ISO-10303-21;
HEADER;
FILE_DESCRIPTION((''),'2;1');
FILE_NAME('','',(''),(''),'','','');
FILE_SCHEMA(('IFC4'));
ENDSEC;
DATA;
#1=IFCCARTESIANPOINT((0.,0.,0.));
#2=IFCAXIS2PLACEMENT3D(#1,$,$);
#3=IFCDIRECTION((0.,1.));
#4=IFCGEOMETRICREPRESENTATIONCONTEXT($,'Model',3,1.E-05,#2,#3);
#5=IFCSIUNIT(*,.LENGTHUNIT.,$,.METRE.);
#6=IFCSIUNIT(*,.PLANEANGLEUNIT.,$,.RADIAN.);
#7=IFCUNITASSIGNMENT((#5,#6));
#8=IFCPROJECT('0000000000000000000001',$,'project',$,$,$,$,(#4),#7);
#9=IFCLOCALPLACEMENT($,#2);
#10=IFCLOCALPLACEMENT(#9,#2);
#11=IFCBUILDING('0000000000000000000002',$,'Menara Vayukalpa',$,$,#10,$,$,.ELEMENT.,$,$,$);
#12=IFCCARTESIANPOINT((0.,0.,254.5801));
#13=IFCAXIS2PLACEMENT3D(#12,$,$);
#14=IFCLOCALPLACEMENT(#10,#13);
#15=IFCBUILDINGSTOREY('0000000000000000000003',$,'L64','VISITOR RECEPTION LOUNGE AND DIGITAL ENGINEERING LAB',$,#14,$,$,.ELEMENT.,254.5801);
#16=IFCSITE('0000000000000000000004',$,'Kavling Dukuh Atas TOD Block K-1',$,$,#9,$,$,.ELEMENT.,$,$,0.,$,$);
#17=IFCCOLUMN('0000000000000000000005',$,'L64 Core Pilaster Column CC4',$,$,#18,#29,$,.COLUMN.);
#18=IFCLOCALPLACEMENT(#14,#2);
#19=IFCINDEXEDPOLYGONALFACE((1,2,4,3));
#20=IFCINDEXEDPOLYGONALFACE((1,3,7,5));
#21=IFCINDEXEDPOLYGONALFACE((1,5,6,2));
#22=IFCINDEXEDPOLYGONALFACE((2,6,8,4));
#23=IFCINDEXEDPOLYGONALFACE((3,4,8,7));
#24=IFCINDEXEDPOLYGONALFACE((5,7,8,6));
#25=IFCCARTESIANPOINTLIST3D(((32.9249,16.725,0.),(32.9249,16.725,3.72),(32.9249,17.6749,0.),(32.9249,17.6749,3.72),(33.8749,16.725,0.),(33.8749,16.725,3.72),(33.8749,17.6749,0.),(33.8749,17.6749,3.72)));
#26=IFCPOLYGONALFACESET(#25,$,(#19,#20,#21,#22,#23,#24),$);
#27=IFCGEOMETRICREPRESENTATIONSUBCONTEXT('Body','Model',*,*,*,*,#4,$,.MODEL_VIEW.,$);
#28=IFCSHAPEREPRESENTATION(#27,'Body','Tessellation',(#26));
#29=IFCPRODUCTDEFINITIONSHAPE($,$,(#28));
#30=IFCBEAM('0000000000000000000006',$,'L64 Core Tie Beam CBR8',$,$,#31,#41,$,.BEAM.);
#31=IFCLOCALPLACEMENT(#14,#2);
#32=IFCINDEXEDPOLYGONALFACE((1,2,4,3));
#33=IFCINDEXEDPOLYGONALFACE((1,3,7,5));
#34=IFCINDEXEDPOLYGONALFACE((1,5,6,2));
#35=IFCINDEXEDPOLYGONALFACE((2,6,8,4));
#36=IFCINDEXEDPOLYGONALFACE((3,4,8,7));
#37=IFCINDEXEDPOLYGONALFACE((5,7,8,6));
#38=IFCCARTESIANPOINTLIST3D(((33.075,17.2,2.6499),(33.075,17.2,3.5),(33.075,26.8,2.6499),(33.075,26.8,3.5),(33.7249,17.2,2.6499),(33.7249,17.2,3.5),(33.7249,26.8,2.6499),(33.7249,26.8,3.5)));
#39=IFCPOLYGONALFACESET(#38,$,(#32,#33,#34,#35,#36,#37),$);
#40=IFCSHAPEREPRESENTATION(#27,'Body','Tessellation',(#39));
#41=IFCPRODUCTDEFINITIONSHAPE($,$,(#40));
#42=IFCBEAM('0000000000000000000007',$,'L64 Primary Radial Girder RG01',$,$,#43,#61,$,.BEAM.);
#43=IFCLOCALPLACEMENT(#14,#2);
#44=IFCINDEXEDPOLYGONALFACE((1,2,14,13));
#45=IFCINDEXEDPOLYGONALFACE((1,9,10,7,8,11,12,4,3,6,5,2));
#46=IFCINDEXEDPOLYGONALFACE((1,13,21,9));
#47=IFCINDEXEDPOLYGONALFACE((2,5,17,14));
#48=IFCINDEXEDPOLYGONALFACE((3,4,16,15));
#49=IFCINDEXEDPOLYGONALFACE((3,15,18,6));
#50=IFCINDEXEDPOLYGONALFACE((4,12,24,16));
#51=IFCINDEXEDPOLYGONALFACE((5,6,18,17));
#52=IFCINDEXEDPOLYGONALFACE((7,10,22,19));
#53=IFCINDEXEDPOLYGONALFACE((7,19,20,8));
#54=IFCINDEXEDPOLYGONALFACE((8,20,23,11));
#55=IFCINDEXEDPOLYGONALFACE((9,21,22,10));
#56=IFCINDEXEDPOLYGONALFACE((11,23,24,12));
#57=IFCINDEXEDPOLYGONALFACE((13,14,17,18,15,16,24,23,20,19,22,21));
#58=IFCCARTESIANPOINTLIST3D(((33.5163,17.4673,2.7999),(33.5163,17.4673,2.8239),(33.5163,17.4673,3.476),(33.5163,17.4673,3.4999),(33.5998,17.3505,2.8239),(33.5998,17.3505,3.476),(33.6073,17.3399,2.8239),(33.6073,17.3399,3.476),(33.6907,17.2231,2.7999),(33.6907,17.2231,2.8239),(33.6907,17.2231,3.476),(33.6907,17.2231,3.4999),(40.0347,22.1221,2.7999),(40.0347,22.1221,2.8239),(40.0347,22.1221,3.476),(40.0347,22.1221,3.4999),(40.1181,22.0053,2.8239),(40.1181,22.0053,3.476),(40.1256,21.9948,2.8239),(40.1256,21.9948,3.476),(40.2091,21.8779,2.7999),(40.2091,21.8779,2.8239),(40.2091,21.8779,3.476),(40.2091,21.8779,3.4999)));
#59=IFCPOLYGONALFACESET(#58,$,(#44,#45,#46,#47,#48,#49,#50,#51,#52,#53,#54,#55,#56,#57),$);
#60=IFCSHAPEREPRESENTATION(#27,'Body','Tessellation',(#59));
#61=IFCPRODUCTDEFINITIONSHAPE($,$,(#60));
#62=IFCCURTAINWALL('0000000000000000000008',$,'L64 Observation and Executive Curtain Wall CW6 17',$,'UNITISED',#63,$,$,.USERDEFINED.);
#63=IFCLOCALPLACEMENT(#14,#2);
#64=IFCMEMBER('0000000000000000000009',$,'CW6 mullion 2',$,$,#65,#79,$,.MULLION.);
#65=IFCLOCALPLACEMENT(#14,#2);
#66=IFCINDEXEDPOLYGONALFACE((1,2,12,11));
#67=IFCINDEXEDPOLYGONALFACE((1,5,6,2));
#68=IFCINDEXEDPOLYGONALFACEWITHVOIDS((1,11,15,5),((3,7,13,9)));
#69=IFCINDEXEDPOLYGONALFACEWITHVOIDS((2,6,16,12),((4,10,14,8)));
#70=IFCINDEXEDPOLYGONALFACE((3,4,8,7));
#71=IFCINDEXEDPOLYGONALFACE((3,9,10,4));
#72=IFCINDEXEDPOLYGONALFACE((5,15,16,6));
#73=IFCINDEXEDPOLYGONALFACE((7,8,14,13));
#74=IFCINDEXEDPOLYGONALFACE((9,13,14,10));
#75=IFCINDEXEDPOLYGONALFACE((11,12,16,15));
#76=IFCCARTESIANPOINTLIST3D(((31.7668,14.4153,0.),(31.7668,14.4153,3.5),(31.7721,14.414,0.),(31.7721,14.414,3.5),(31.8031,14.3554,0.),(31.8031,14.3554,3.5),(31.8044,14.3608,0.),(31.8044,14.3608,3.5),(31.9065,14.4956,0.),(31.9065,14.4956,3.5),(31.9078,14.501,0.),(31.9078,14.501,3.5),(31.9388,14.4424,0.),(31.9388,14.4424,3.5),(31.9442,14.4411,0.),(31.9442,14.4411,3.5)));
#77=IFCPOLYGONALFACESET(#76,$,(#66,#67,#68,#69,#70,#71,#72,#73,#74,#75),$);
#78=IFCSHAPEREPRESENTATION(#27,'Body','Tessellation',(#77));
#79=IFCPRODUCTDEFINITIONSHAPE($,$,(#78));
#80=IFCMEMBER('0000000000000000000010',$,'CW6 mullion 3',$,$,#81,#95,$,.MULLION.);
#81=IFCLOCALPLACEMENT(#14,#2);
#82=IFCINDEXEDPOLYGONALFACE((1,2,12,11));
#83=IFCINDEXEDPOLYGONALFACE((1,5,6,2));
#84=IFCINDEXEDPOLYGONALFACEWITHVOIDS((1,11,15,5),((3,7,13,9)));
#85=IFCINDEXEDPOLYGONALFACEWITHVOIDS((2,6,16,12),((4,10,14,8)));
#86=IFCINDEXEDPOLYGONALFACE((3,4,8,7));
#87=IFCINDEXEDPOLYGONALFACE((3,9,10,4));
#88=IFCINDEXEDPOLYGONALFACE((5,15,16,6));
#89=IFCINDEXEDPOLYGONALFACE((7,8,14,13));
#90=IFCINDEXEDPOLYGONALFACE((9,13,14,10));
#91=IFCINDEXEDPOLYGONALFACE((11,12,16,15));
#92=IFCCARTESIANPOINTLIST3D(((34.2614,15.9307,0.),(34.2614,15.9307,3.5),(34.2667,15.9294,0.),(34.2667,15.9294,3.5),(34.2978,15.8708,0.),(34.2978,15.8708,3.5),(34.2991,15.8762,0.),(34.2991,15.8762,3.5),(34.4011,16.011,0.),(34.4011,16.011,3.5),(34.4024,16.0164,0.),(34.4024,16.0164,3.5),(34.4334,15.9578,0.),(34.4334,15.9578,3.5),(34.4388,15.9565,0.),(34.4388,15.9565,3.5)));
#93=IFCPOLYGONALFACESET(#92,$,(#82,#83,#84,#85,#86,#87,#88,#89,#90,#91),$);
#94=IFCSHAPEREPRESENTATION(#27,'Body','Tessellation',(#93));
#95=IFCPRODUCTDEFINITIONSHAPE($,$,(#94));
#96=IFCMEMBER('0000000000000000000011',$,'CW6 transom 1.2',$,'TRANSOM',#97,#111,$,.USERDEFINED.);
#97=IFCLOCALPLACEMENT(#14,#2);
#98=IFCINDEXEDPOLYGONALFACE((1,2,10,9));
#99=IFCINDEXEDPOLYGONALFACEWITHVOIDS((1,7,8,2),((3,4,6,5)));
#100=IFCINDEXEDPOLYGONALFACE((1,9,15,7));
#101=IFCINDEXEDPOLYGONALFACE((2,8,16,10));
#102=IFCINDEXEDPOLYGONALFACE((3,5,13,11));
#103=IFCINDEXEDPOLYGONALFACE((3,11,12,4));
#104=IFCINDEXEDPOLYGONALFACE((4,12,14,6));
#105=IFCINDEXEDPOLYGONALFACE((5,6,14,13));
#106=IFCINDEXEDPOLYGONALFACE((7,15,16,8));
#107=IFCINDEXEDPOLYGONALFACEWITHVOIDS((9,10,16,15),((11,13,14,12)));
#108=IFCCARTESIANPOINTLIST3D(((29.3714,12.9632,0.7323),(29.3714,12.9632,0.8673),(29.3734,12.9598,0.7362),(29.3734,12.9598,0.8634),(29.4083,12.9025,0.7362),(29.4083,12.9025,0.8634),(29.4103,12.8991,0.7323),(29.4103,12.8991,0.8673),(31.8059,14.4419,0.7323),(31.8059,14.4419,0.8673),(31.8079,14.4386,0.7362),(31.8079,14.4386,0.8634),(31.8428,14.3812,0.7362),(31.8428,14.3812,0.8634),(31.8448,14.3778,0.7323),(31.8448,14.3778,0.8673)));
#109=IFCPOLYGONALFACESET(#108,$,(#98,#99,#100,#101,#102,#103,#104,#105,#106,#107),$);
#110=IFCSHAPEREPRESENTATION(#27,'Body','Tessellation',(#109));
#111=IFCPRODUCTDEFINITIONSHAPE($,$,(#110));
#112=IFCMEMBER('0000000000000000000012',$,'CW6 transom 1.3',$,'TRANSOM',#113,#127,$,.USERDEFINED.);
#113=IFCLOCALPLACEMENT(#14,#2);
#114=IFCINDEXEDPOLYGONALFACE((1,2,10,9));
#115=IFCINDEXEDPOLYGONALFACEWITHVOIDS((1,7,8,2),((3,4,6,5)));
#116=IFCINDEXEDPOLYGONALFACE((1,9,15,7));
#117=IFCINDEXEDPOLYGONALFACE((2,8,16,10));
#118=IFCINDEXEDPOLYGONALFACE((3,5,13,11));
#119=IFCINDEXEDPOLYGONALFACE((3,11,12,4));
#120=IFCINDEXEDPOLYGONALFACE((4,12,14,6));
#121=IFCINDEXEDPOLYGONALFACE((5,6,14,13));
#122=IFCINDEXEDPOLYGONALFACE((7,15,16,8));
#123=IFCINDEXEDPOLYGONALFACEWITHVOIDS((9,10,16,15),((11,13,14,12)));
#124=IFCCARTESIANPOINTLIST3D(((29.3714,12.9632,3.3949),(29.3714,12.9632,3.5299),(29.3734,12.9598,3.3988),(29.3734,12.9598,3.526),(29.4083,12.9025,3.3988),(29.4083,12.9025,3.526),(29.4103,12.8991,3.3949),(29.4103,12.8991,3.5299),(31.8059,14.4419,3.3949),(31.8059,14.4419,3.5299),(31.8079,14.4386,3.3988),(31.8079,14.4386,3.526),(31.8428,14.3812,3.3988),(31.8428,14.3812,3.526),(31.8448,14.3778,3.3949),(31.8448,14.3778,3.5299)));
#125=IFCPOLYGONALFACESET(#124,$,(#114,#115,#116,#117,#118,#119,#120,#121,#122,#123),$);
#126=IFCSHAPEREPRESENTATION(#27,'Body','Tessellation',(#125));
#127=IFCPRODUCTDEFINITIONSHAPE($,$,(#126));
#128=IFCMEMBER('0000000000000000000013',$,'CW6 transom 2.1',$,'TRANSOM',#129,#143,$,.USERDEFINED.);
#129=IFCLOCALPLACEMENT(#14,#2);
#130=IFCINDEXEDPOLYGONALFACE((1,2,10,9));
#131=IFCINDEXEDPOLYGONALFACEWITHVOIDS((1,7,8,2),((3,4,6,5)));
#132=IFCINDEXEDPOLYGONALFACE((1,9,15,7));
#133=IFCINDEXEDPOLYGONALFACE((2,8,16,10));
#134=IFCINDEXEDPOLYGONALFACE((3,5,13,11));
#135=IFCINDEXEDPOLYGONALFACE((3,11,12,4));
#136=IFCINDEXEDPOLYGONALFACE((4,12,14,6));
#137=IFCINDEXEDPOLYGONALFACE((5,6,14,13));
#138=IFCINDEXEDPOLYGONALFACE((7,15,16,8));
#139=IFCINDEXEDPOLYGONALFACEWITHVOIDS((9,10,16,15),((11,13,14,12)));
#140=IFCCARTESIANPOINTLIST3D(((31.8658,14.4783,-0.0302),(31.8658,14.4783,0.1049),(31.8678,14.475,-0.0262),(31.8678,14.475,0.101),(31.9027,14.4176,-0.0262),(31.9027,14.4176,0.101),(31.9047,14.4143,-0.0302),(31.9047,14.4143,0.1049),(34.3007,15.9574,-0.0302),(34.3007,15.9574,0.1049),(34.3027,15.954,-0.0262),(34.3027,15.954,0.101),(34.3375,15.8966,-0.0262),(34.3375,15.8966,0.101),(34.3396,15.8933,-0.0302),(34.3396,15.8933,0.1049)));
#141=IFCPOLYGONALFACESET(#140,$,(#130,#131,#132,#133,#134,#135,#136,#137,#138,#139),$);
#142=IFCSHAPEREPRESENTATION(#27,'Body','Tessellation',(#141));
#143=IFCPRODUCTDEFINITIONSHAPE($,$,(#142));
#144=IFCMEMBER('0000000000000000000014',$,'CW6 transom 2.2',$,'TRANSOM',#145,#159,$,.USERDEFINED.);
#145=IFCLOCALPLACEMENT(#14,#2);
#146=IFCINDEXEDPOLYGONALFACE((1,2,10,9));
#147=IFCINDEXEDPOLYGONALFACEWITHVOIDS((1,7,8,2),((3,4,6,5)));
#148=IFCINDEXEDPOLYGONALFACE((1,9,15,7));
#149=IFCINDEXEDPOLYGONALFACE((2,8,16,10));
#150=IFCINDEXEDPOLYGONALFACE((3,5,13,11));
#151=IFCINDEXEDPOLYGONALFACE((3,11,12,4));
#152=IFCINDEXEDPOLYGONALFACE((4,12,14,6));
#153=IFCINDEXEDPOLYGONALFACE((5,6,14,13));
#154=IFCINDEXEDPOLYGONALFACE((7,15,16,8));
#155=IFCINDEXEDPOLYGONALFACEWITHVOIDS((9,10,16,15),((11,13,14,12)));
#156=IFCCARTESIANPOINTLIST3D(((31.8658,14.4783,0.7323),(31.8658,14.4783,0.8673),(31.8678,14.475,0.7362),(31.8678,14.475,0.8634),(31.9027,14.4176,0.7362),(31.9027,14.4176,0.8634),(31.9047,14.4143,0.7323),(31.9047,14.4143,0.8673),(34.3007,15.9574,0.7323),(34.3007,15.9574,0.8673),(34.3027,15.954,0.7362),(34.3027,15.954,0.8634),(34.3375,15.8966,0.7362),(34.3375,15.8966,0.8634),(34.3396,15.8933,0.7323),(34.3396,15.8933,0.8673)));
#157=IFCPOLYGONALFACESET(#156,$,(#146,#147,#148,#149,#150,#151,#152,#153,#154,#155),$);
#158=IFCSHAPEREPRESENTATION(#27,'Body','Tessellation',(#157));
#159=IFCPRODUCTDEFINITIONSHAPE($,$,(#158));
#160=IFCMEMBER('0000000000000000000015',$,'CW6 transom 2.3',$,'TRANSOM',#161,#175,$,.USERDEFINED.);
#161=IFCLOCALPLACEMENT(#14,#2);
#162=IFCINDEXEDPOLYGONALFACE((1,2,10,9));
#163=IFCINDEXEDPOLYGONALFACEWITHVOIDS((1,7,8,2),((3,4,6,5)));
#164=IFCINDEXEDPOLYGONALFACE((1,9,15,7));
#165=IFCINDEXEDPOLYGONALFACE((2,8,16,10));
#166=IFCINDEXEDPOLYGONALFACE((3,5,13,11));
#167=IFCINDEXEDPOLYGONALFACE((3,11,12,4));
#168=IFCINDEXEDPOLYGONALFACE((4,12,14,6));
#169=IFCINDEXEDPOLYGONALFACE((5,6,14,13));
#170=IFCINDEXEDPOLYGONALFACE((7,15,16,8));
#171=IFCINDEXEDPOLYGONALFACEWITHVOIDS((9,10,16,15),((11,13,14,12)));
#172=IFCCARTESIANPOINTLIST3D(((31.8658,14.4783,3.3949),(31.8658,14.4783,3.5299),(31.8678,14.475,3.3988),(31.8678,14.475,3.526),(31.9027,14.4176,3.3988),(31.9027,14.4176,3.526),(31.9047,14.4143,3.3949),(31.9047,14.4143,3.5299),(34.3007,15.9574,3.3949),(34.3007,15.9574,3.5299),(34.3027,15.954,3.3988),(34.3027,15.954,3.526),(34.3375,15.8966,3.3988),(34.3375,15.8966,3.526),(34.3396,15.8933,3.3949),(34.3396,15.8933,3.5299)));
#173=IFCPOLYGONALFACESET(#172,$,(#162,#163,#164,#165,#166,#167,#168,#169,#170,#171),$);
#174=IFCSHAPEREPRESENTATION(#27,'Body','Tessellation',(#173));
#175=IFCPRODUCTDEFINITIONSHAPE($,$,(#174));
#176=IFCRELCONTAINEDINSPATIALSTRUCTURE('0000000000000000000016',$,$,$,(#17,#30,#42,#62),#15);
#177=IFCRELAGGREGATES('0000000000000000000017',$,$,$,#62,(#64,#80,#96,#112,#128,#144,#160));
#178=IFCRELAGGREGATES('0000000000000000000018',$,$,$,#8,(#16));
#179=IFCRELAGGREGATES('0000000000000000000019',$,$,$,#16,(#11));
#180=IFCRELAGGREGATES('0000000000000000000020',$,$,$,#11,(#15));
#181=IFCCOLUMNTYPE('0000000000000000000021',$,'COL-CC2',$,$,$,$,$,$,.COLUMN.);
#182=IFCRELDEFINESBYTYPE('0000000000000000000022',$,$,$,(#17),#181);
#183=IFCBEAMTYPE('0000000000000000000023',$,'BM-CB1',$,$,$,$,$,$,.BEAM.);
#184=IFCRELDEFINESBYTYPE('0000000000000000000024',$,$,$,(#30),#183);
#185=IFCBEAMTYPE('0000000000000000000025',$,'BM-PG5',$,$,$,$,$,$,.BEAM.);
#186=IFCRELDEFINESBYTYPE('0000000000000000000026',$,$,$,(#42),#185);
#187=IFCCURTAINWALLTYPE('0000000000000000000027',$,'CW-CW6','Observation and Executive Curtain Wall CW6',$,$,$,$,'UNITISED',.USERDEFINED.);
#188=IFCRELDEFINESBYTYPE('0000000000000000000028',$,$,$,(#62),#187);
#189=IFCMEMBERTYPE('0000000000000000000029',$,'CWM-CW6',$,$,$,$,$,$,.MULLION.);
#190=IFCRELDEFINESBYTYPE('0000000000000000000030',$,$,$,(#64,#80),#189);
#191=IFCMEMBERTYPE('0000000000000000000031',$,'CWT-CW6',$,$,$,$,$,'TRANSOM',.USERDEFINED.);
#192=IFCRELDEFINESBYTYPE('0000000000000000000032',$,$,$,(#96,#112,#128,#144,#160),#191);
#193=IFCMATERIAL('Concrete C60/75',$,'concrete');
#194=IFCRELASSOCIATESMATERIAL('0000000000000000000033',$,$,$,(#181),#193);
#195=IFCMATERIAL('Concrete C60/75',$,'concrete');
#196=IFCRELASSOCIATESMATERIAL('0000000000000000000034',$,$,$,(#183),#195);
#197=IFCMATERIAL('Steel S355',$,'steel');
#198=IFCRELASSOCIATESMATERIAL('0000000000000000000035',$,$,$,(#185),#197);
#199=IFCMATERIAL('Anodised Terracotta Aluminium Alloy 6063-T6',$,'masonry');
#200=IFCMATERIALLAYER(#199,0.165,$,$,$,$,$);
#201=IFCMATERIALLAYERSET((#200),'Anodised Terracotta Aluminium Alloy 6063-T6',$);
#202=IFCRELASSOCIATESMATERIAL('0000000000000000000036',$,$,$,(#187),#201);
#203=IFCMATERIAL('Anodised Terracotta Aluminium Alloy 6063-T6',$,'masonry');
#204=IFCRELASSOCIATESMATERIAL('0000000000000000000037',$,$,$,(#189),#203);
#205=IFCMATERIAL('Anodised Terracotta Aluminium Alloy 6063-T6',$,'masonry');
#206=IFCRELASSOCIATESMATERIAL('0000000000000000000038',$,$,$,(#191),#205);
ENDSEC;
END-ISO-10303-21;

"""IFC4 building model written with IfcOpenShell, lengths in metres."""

from ifc_helpers import new_model, si_unit, direction, frame, origin, origin_2d, place, context, subcontext, project, spatial, rectangle, hollow_rectangle, i_section, extrude, material, layer, layer_set, material_profile, profile_set, type_object, element, aggregate, save


model = new_model("IFC4")

# Units and contexts
model_context = context("Model", 3, precision=1e-05, world=origin(), true_north=direction((0.0, 1.0)))
body_context = subcontext(model_context, "Body", "Model", "MODEL_VIEW")
ifc_project = project(units=[si_unit("LENGTHUNIT", "METRE"), si_unit("PLANEANGLEUNIT", "RADIAN")], contexts=[model_context])

# Site, building, storey
site_placement = place(None, origin())
site = spatial("IfcSite", under=ifc_project, at=site_placement, Name="Kavling Dukuh Atas TOD Block K-1", CompositionType="ELEMENT", RefElevation=0.0)
building_placement = place(site_placement, origin())
building = spatial("IfcBuilding", under=site, at=building_placement, Name="Menara Vayukalpa", CompositionType="ELEMENT")
storey_placement = place(building_placement, frame((0.0, 0.0, 254.5801)))
storey = spatial("IfcBuildingStorey", under=building, at=storey_placement, Name="L64", Description="VISITOR RECEPTION LOUNGE AND DIGITAL ENGINEERING LAB", CompositionType="ELEMENT", Elevation=254.5801)

# Column
ifc_material_1 = material(Name="Concrete C60/75", Category="concrete")
ifc_material_profile_1 = material_profile(ifc_material_1, rectangle(XDim=0.95, YDim=0.95, at=origin_2d()), Name="RC 950x950")
ifc_profile_set_1 = profile_set([ifc_material_profile_1], Name="Concrete C60/75")
column_type = type_object("IfcColumnType", Name="COL-CC2", PredefinedType="COLUMN", material=ifc_profile_set_1)
column_placement = place(storey_placement, frame((33.3999, 17.2, 0.0), z_axis=(0.0, 0.0, 1.0), x_axis=(1.0, 0.0, 0.0)))
element("IfcColumn", 1, at=column_placement, inside=storey, type_object=column_type, Name="L64 Core Pilaster Column CC4", PredefinedType="COLUMN", context=body_context, shape_type="SweptSolid", body=[
    extrude(rectangle(XDim=0.95, YDim=0.95, at=origin_2d()), origin(), (0.0, 0.0, 1.0), 3.72),
])

# Beams
ifc_material_2 = material(Name="Concrete C60/75", Category="concrete")
ifc_material_profile_2 = material_profile(ifc_material_2, rectangle(XDim=0.6499, YDim=0.8501, at=origin_2d()), Name="RC 650x850")
ifc_profile_set_2 = profile_set([ifc_material_profile_2], Name="Concrete C60/75")
beam_type_1 = type_object("IfcBeamType", Name="BM-CB1", PredefinedType="BEAM", material=ifc_profile_set_2)
beam_1_placement = place(storey_placement, frame((33.3999, 17.2, 3.075), z_axis=(0.0, 1.0, 0.0), x_axis=(-1.0, 0.0, 0.0)))
element("IfcBeam", 2, at=beam_1_placement, inside=storey, type_object=beam_type_1, Name="L64 Core Tie Beam CBR8", PredefinedType="BEAM", context=body_context, shape_type="SweptSolid", body=[
    extrude(rectangle(XDim=0.6499, YDim=0.8501, at=origin_2d()), origin(), (0.0, 0.0, 1.0), 9.6001),
])
ifc_material_3 = material(Name="Steel S355", Category="steel")
ifc_material_profile_3 = material_profile(ifc_material_3, i_section(OverallWidth=0.3, OverallDepth=0.7, WebThickness=0.0129, FlangeThickness=0.0239, at=origin_2d()), Name="WF 700x300x13x24")
ifc_profile_set_3 = profile_set([ifc_material_profile_3], Name="Steel S355")
beam_type_2 = type_object("IfcBeamType", Name="BM-PG5", PredefinedType="BEAM", material=ifc_profile_set_3)
beam_2_placement = place(storey_placement, frame((33.6035, 17.3452, 3.1499), z_axis=(0.813801, 0.581143, 0.0), x_axis=(-0.581143, 0.813801, 0.0)))
element("IfcBeam", 3, at=beam_2_placement, inside=storey, type_object=beam_type_2, Name="L64 Primary Radial Girder RG01", PredefinedType="BEAM", context=body_context, shape_type="SweptSolid", body=[
    extrude(i_section(OverallWidth=0.3, OverallDepth=0.7, WebThickness=0.0129, FlangeThickness=0.0239, at=origin_2d()), origin(), (0.0, 0.0, 1.0), 8.0098),
])

# Curtain wall, members
ifc_material_4 = material(Name="Anodised Terracotta Aluminium Alloy 6063-T6", Category="masonry")
ifc_layer_1 = layer(ifc_material_4, 0.165)
ifc_layer_set_1 = layer_set([ifc_layer_1], Name="Anodised Terracotta Aluminium Alloy 6063-T6")
curtain_wall_type = type_object("IfcCurtainWallType", Name="CW-CW6", Description="Observation and Executive Curtain Wall CW6", ElementType="UNITISED", PredefinedType="USERDEFINED", material=ifc_layer_set_1)
curtain_wall_placement = place(storey_placement, origin())
curtain_wall = element("IfcCurtainWall", 4, at=curtain_wall_placement, inside=storey, type_object=curtain_wall_type, Name="L64 Observation and Executive Curtain Wall CW6 17", ObjectType="UNITISED", PredefinedType="USERDEFINED")
ifc_material_5 = material(Name="Anodised Terracotta Aluminium Alloy 6063-T6", Category="masonry")
ifc_material_profile_4 = material_profile(ifc_material_5, hollow_rectangle(XDim=0.0701, YDim=0.165, WallThickness=0.0039, at=origin_2d()), Name="ALU 70x165x4")
ifc_profile_set_4 = profile_set([ifc_material_profile_4], Name="Anodised Terracotta Aluminium Alloy 6063-T6")
member_type_1 = type_object("IfcMemberType", Name="CWM-CW6", PredefinedType="MULLION", material=ifc_profile_set_4)
member_1_placement = place(storey_placement, frame((31.8555, 14.4282, 0.0), z_axis=(0.0, 0.0, 1.0), x_axis=(-0.519176, 0.854668, 0.0)))
member_1 = element("IfcMember", 5, at=member_1_placement, type_object=member_type_1, Name="CW6 mullion 2", PredefinedType="MULLION", context=body_context, shape_type="SweptSolid", body=[
    extrude(hollow_rectangle(XDim=0.0701, YDim=0.165, WallThickness=0.0039, at=origin_2d()), origin(), (0.0, 0.0, 1.0), 3.5),
])
member_2_placement = place(storey_placement, frame((34.3501, 15.9436, 0.0), z_axis=(0.0, 0.0, 1.0), x_axis=(-0.519176, 0.854668, 0.0)))
member_2 = element("IfcMember", 6, at=member_2_placement, type_object=member_type_1, Name="CW6 mullion 3", PredefinedType="MULLION", context=body_context, shape_type="SweptSolid", body=[
    extrude(hollow_rectangle(XDim=0.0701, YDim=0.165, WallThickness=0.0039, at=origin_2d()), origin(), (0.0, 0.0, 1.0), 3.5),
])
ifc_material_6 = material(Name="Anodised Terracotta Aluminium Alloy 6063-T6", Category="masonry")
ifc_material_profile_5 = material_profile(ifc_material_6, hollow_rectangle(XDim=0.075, YDim=0.135, WallThickness=0.0039, at=origin_2d()), Name="ALU 75x135x4")
ifc_profile_set_5 = profile_set([ifc_material_profile_5], Name="Anodised Terracotta Aluminium Alloy 6063-T6")
member_type_2 = type_object("IfcMemberType", Name="CWT-CW6", ElementType="TRANSOM", PredefinedType="USERDEFINED", material=ifc_profile_set_5)
member_3_placement = place(storey_placement, frame((29.3909, 12.9312, 0.7998), z_axis=(0.85469, 0.519139, 0.0), x_axis=(-0.519139, 0.85469, 0.0)))
member_3 = element("IfcMember", 7, at=member_3_placement, type_object=member_type_2, Name="CW6 transom 1.2", ObjectType="TRANSOM", PredefinedType="USERDEFINED", context=body_context, shape_type="SweptSolid", body=[
    extrude(hollow_rectangle(XDim=0.075, YDim=0.135, WallThickness=0.0039, at=origin_2d()), origin(), (0.0, 0.0, 1.0), 2.8484),
])
member_4_placement = place(storey_placement, frame((29.3909, 12.9312, 3.4624), z_axis=(0.85469, 0.519139, 0.0), x_axis=(-0.519139, 0.85469, 0.0)))
member_4 = element("IfcMember", 8, at=member_4_placement, type_object=member_type_2, Name="CW6 transom 1.3", ObjectType="TRANSOM", PredefinedType="USERDEFINED", context=body_context, shape_type="SweptSolid", body=[
    extrude(hollow_rectangle(XDim=0.075, YDim=0.135, WallThickness=0.0039, at=origin_2d()), origin(), (0.0, 0.0, 1.0), 2.8484),
])
member_5_placement = place(storey_placement, frame((31.8853, 14.4463, 0.0374), z_axis=(0.854675, 0.519164, 0.0), x_axis=(-0.519164, 0.854675, 0.0)))
member_5 = element("IfcMember", 9, at=member_5_placement, type_object=member_type_2, Name="CW6 transom 2.1", ObjectType="TRANSOM", PredefinedType="USERDEFINED", context=body_context, shape_type="SweptSolid", body=[
    extrude(hollow_rectangle(XDim=0.075, YDim=0.135, WallThickness=0.0039, at=origin_2d()), origin(), (0.0, 0.0, 1.0), 2.8489),
])
member_6_placement = place(storey_placement, frame((31.8853, 14.4463, 0.7998), z_axis=(0.854675, 0.519164, 0.0), x_axis=(-0.519164, 0.854675, 0.0)))
member_6 = element("IfcMember", 10, at=member_6_placement, type_object=member_type_2, Name="CW6 transom 2.2", ObjectType="TRANSOM", PredefinedType="USERDEFINED", context=body_context, shape_type="SweptSolid", body=[
    extrude(hollow_rectangle(XDim=0.075, YDim=0.135, WallThickness=0.0039, at=origin_2d()), origin(), (0.0, 0.0, 1.0), 2.8489),
])
member_7_placement = place(storey_placement, frame((31.8853, 14.4463, 3.4624), z_axis=(0.854675, 0.519164, 0.0), x_axis=(-0.519164, 0.854675, 0.0)))
member_7 = element("IfcMember", 11, at=member_7_placement, type_object=member_type_2, Name="CW6 transom 2.3", ObjectType="TRANSOM", PredefinedType="USERDEFINED", context=body_context, shape_type="SweptSolid", body=[
    extrude(hollow_rectangle(XDim=0.075, YDim=0.135, WallThickness=0.0039, at=origin_2d()), origin(), (0.0, 0.0, 1.0), 2.8489),
])
aggregate(curtain_wall, [member_1, member_2, member_3, member_4, member_5, member_6, member_7])

save(model, "model.ifc")
